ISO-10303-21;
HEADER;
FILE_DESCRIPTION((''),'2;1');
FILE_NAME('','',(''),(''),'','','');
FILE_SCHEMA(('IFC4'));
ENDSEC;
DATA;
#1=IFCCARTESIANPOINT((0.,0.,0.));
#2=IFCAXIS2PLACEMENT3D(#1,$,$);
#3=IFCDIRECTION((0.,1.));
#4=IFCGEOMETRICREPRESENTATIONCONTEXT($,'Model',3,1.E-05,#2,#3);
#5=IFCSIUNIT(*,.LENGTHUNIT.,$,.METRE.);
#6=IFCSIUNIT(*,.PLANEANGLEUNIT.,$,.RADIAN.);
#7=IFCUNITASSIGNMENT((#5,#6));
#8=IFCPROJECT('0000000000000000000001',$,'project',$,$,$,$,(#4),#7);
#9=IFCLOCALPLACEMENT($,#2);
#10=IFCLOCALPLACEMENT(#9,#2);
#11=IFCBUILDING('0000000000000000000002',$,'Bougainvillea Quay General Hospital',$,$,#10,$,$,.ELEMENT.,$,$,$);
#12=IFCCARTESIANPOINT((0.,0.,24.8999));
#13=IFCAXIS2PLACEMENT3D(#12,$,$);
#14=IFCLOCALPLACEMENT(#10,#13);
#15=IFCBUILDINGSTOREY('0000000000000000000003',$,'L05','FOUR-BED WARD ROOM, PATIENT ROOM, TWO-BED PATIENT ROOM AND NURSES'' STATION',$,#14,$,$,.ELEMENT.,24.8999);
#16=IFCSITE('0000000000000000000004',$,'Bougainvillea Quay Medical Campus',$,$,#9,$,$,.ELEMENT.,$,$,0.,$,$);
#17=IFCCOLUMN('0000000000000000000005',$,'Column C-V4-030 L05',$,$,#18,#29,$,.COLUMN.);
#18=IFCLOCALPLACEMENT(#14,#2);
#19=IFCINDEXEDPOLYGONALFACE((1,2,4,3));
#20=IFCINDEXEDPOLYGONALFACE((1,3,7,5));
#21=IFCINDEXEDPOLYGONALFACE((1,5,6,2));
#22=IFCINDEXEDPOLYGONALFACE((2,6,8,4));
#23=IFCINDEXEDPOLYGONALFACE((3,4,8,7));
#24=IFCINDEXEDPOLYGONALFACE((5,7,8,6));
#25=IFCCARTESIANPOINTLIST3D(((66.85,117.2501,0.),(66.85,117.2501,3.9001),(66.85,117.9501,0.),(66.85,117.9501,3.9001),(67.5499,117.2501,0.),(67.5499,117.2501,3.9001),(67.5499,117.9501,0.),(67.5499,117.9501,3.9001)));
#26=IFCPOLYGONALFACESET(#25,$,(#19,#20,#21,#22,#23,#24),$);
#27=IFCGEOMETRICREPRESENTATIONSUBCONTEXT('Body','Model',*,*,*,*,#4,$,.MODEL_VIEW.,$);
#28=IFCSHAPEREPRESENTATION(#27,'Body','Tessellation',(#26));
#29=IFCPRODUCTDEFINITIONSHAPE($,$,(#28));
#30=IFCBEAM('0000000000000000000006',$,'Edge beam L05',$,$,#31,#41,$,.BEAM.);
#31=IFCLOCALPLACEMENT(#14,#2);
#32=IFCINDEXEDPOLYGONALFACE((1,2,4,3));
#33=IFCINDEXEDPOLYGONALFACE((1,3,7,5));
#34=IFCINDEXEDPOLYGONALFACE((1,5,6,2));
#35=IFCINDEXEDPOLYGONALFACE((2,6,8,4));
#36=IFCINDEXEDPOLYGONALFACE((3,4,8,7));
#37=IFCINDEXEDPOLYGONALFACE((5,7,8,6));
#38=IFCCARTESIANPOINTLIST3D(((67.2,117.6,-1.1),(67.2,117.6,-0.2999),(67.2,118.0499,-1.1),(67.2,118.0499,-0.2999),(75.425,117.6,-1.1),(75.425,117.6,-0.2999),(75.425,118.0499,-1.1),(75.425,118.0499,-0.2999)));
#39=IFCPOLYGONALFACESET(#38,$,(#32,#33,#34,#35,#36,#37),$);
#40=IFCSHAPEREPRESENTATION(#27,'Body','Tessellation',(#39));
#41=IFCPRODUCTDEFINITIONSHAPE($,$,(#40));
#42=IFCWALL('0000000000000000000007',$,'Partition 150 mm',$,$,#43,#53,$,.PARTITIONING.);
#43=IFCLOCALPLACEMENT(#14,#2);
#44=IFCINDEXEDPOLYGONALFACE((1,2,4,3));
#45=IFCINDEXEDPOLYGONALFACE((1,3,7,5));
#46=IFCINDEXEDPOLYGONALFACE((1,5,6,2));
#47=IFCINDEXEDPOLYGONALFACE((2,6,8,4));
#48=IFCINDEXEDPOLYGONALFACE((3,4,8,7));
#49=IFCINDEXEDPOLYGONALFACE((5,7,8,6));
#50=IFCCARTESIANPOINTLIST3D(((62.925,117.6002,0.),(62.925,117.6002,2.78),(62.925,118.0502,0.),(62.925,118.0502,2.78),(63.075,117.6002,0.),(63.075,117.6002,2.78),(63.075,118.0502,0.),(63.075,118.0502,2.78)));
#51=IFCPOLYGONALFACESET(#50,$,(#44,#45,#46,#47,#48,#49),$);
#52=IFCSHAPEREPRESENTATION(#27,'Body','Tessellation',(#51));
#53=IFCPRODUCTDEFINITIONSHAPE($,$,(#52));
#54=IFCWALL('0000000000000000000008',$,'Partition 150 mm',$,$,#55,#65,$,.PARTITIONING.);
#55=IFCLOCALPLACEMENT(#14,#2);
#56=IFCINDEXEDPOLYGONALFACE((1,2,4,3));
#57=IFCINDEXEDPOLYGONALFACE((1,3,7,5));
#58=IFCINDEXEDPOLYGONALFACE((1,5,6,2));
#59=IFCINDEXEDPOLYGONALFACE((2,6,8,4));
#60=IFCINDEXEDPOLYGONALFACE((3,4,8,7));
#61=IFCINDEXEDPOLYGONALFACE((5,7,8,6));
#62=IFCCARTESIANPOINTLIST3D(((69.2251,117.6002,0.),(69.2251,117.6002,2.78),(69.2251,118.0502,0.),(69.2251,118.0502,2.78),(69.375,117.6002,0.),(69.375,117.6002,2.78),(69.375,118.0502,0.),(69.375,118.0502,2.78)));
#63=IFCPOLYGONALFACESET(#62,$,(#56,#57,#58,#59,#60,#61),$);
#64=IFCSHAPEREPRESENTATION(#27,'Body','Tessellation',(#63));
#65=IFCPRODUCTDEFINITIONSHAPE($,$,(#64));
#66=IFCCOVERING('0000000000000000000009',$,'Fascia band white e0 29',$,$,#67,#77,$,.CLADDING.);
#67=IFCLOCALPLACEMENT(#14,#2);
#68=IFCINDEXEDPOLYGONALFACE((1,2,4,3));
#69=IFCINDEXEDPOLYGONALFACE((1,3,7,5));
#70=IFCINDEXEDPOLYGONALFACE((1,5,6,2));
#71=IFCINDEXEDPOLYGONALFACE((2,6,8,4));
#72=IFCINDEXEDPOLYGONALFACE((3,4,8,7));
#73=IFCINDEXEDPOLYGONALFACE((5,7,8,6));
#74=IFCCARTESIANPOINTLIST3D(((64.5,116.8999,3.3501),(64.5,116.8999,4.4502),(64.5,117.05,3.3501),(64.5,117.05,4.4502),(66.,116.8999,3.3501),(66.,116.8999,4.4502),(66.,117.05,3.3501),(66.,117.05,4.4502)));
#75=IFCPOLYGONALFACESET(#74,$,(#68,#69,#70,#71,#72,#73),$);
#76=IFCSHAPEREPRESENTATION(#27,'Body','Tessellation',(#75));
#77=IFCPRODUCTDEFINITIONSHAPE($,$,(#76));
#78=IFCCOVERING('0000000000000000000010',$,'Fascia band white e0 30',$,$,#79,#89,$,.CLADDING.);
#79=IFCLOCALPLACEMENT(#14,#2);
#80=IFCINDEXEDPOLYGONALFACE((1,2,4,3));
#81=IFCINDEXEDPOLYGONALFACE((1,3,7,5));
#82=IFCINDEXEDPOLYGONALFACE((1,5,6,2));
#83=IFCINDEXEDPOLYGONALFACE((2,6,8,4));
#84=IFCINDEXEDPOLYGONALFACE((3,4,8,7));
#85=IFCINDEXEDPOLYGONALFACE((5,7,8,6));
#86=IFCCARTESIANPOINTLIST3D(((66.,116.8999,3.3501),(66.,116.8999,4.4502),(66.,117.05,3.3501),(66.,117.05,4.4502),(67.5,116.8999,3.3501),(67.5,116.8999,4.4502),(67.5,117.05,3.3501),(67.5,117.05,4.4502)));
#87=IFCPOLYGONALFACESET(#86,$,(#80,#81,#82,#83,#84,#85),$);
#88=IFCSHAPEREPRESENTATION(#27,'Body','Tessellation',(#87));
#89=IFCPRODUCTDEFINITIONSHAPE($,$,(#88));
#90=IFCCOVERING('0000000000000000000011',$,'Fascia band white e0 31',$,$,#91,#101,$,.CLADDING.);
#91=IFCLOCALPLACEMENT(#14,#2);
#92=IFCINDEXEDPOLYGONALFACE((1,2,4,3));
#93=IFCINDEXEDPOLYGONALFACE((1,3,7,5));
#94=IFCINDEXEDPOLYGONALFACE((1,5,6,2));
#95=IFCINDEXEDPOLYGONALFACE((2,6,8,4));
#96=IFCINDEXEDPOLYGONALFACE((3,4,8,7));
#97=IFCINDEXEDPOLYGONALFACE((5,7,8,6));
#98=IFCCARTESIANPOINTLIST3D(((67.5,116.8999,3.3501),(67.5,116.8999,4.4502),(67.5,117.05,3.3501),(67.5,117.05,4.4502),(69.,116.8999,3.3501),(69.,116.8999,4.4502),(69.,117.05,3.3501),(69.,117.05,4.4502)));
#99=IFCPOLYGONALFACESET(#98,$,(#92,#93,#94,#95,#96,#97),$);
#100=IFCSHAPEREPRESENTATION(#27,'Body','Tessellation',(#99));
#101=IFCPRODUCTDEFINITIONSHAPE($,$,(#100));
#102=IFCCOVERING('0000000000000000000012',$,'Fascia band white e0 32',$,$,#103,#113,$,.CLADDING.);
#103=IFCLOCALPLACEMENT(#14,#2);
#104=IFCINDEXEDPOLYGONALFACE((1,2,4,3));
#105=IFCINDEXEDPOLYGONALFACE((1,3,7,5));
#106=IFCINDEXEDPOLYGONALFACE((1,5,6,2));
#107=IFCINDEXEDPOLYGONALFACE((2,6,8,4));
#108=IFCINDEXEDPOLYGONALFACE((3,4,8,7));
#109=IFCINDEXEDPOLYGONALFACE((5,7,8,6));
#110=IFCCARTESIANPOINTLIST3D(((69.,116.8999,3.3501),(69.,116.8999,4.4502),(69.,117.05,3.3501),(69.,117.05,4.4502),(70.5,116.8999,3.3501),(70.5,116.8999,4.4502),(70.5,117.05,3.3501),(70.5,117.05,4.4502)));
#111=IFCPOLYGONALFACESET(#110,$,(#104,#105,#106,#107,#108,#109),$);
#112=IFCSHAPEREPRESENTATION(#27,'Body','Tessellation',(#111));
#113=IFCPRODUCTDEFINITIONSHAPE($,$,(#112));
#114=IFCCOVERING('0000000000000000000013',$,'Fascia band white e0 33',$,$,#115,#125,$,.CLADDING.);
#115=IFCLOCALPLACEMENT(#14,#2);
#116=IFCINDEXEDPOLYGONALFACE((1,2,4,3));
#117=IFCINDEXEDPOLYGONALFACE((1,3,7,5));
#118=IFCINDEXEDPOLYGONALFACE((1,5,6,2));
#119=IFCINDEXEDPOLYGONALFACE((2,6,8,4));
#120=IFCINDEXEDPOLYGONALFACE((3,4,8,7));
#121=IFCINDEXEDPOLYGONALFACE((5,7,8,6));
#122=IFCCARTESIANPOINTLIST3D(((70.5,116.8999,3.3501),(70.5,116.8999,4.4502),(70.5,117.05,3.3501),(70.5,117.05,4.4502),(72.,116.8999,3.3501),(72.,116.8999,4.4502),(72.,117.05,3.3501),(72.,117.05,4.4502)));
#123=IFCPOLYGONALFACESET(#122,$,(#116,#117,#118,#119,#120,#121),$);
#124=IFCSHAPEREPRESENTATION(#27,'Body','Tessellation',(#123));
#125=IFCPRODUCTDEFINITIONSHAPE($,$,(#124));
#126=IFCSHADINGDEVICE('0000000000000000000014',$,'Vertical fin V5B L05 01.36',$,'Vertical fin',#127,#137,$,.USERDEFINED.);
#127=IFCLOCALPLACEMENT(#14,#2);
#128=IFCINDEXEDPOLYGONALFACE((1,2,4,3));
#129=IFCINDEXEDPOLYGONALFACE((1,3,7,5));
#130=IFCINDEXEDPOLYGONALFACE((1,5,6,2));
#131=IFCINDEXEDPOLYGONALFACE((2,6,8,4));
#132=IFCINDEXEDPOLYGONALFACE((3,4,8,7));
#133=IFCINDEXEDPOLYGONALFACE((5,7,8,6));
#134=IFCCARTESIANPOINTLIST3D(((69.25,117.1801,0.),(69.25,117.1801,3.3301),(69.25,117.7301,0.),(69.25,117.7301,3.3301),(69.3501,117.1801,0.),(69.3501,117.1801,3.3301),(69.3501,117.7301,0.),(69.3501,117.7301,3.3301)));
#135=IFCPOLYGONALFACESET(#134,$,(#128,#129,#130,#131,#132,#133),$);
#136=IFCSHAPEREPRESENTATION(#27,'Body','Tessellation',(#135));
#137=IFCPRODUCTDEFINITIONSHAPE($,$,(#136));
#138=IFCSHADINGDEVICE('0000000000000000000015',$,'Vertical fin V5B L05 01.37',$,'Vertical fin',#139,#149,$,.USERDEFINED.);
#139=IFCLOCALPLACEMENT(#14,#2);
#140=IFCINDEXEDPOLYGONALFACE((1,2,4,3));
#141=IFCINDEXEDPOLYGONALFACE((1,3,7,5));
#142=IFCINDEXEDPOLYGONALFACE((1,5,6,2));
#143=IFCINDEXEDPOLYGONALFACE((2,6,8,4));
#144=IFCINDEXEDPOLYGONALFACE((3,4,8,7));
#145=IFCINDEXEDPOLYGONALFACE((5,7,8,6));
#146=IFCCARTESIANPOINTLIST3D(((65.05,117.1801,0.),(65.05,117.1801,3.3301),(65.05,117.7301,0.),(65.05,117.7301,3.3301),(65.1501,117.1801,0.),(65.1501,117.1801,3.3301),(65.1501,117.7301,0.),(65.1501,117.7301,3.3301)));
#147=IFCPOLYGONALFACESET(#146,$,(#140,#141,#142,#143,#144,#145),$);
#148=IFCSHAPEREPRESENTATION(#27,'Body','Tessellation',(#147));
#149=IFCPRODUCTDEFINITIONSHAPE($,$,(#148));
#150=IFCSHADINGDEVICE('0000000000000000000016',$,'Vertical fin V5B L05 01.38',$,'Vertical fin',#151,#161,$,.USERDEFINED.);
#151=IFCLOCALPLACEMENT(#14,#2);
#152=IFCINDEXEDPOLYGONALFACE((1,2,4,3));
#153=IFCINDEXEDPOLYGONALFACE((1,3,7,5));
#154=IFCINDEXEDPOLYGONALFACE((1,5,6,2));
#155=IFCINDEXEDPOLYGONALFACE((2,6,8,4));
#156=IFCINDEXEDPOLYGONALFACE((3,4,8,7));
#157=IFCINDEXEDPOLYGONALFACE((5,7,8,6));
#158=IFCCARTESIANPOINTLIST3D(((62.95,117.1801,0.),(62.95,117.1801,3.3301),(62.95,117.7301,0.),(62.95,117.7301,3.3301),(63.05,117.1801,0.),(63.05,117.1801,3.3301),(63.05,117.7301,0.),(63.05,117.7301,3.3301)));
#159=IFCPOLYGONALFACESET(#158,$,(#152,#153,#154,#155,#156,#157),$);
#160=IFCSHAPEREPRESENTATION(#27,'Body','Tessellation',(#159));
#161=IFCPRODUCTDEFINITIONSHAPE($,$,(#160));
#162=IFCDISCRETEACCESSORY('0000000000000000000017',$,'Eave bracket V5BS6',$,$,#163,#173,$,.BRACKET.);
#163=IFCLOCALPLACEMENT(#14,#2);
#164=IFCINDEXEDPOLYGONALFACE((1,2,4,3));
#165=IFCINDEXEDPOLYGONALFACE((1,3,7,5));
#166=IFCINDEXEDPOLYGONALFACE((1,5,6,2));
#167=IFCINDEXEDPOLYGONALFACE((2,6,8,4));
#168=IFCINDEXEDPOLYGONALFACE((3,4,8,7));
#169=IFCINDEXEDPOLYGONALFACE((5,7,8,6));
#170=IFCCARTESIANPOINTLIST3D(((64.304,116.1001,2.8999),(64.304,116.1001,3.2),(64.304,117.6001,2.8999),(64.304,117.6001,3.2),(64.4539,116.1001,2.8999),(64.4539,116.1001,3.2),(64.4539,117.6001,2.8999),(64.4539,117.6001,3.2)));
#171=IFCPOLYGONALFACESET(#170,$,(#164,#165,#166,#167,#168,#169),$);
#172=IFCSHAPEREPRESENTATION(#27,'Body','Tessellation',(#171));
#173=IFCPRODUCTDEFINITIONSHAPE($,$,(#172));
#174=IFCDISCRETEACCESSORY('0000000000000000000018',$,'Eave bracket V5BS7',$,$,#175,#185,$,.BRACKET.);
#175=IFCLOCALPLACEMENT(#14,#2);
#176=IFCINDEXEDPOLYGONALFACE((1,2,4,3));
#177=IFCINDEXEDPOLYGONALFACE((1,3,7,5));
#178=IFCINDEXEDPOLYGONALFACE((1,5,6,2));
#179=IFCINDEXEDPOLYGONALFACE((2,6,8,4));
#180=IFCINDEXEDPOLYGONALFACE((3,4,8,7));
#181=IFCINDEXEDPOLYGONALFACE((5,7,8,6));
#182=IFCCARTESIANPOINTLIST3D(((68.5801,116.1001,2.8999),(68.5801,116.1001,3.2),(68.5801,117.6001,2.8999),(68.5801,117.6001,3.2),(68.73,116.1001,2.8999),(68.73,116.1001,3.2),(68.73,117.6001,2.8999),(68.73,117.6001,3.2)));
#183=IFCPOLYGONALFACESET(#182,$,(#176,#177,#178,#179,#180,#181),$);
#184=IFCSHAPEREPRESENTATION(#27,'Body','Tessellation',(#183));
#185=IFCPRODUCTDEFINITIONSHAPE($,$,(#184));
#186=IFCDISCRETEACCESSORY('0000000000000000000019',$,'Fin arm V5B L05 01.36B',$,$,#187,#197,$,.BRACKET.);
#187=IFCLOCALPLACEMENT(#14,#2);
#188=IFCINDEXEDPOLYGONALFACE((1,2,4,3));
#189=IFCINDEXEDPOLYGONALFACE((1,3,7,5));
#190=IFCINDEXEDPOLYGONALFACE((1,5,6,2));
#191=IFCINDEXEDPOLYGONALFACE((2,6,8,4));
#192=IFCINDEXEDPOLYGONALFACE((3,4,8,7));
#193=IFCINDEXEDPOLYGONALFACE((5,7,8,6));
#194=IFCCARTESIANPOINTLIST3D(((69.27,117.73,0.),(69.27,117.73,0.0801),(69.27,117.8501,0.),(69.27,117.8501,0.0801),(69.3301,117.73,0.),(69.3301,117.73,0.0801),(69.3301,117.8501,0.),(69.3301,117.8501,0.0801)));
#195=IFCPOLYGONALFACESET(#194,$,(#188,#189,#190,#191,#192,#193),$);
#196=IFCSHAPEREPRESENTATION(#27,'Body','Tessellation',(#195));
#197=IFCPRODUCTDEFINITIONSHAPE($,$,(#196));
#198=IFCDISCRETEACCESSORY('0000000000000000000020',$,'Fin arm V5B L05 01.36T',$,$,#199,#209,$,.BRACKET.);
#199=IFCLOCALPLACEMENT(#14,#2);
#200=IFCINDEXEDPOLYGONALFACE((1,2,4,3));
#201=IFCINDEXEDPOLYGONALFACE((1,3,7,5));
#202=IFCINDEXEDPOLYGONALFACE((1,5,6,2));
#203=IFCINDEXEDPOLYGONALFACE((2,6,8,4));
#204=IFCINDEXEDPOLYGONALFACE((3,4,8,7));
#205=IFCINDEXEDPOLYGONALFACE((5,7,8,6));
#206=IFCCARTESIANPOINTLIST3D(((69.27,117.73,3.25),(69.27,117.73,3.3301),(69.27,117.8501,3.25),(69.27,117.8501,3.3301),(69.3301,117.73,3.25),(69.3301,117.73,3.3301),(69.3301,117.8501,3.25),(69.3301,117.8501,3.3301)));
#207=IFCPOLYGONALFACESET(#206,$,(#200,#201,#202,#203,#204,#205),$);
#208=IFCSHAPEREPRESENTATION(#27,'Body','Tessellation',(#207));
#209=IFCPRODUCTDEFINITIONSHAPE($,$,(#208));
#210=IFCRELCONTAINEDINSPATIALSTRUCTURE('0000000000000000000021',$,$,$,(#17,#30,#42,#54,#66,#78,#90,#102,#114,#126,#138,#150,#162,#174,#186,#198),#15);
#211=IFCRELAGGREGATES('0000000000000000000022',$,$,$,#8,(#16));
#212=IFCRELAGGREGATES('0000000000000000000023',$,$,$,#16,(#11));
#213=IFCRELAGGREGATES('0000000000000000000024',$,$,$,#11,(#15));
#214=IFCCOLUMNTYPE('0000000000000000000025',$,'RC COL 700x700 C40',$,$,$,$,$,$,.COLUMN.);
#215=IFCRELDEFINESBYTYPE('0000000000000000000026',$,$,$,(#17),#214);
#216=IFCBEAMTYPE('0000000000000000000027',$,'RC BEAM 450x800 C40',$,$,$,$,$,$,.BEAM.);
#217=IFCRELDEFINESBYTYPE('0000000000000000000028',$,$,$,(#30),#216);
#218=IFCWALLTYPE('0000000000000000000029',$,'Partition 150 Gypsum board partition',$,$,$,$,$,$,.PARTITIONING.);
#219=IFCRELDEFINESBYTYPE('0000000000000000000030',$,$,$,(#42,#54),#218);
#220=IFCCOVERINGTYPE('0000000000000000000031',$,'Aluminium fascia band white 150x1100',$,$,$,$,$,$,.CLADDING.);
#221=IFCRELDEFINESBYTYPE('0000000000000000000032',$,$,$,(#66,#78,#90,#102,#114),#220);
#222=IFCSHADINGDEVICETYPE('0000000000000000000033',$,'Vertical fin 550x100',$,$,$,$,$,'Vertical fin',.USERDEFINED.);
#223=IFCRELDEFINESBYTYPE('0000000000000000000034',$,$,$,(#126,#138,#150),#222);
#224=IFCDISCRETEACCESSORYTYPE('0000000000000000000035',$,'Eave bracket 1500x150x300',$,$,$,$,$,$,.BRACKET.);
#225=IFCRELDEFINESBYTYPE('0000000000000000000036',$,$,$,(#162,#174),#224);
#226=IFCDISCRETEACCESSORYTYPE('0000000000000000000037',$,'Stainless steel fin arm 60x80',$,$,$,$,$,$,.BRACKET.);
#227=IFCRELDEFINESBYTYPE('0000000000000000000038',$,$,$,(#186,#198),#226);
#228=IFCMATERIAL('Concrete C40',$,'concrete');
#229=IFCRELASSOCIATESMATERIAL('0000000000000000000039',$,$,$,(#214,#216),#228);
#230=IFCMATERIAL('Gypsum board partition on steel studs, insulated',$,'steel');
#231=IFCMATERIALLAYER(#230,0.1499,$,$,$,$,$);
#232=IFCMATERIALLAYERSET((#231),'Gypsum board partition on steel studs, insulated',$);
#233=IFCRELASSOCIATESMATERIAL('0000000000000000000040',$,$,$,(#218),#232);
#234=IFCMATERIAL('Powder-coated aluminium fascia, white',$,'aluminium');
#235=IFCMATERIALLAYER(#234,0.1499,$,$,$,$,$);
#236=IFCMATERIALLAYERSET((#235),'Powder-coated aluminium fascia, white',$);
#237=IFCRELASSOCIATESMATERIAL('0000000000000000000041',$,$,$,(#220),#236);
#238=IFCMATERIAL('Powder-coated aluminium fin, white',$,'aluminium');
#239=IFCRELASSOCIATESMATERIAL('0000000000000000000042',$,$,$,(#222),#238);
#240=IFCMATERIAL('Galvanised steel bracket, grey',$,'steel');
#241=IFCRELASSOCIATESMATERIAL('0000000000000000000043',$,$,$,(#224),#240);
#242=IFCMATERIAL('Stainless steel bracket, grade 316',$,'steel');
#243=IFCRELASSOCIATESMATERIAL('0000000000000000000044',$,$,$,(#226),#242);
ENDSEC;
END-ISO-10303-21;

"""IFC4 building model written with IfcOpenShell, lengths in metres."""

from ifc_helpers import new_model, si_unit, direction, frame, frame_2d, origin, origin_2d, place, context, subcontext, project, spatial, polyline, rectangle, outline, extrude, material, layer, layer_set, material_profile, profile_set, type_object, element, save


model = new_model("IFC4")

# Units and contexts
model_context = context("Model", 3, precision=1e-05, world=origin(), true_north=direction((0.0, 1.0)))
body_context = subcontext(model_context, "Body", "Model", "MODEL_VIEW")
ifc_project = project(units=[si_unit("LENGTHUNIT", "METRE"), si_unit("PLANEANGLEUNIT", "RADIAN")], contexts=[model_context])

# Site, building, storey
site_placement = place(None, origin())
site = spatial("IfcSite", under=ifc_project, at=site_placement, Name="Bougainvillea Quay Medical Campus", CompositionType="ELEMENT", RefElevation=0.0)
building_placement = place(site_placement, origin())
building = spatial("IfcBuilding", under=site, at=building_placement, Name="Bougainvillea Quay General Hospital", CompositionType="ELEMENT")
storey_placement = place(building_placement, frame((0.0, 0.0, 24.8999)))
storey = spatial("IfcBuildingStorey", under=building, at=storey_placement, Name="L05", Description="FOUR-BED WARD ROOM, PATIENT ROOM, TWO-BED PATIENT ROOM AND NURSES' STATION", CompositionType="ELEMENT", Elevation=24.8999)

# Column
ifc_material_1 = material(Name="Concrete C40", Category="concrete")
ifc_material_profile_1 = material_profile(ifc_material_1, rectangle(XDim=0.7, YDim=0.7, at=origin_2d()))
ifc_profile_set_1 = profile_set([ifc_material_profile_1], Name="Concrete C40")
column_type = type_object("IfcColumnType", Name="RC COL 700x700 C40", PredefinedType="COLUMN", material=ifc_profile_set_1)
column_placement = place(storey_placement, frame((67.2, 117.6001, 0.0), z_axis=(0.0, 0.0, 1.0), x_axis=(1.0, 0.0, 0.0)))
element("IfcColumn", 1, at=column_placement, inside=storey, type_object=column_type, Name="Column C-V4-030 L05", PredefinedType="COLUMN", context=body_context, shape_type="SweptSolid", body=[
    extrude(rectangle(XDim=0.7, YDim=0.7, at=origin_2d()), origin(), (0.0, 0.0, 1.0), 3.9001),
])

# Beam
ifc_material_profile_2 = material_profile(ifc_material_1, rectangle(XDim=0.45, YDim=0.8, at=origin_2d()))
ifc_profile_set_2 = profile_set([ifc_material_profile_2], Name="Concrete C40")
beam_type = type_object("IfcBeamType", Name="RC BEAM 450x800 C40", PredefinedType="BEAM", material=ifc_profile_set_2)
beam_placement = place(storey_placement, frame((67.2, 117.825, -0.7), z_axis=(1.0, 0.0, 0.0), x_axis=(0.0, 1.0, 0.0)))
element("IfcBeam", 2, at=beam_placement, inside=storey, type_object=beam_type, Name="Edge beam L05", PredefinedType="BEAM", context=body_context, shape_type="SweptSolid", body=[
    extrude(rectangle(XDim=0.45, YDim=0.8, at=origin_2d()), origin(), (0.0, 0.0, 1.0), 8.2251),
])

# Walls
ifc_material_2 = material(Name="Gypsum board partition on steel studs, insulated", Category="steel")
ifc_layer_1 = layer(ifc_material_2, 0.1499)
ifc_layer_set_1 = layer_set([ifc_layer_1], Name="Gypsum board partition on steel studs, insulated")
wall_type = type_object("IfcWallType", Name="Partition 150 Gypsum board partition", PredefinedType="PARTITIONING", material=ifc_layer_set_1)
for number, where, z_axis, x_axis, name in (
    (3, (63.0, 117.6001, 0.0), (0.0, 0.0, 1.0), (0.0, 1.0, 0.0), "Partition 150 mm"),
    (4, (69.3, 117.6001, 0.0), (0.0, 0.0, 1.0), (0.0, 1.0, 0.0), "Partition 150 mm"),
):
    element("IfcWall", number, at=place(storey_placement, frame(where, z_axis=z_axis, x_axis=x_axis)), inside=storey, type_object=wall_type, Name=name, PredefinedType="PARTITIONING", context=body_context, shape_type="SweptSolid", body=[
        extrude(rectangle(XDim=0.45, YDim=0.1499, at=frame_2d((0.2251, 0.0))), origin(), (0.0, 0.0, 1.0), 2.78),
    ])

# Coverings
ifc_material_3 = material(Name="Powder-coated aluminium fascia, white", Category="aluminium")
ifc_layer_2 = layer(ifc_material_3, 0.1499)
ifc_layer_set_2 = layer_set([ifc_layer_2], Name="Powder-coated aluminium fascia, white")
covering_type = type_object("IfcCoveringType", Name="Aluminium fascia band white 150x1100", PredefinedType="CLADDING", material=ifc_layer_set_2)
for number, where, z_axis, x_axis, name in (
    (5, (64.5, 117.05, 3.3501), (0.0, 0.0, 1.0), (1.0, 0.0, 0.0), "Fascia band white e0 29"),
    (6, (66.0, 117.05, 3.3501), (0.0, 0.0, 1.0), (1.0, 0.0, 0.0), "Fascia band white e0 30"),
    (7, (67.5, 117.05, 3.3501), (0.0, 0.0, 1.0), (1.0, 0.0, 0.0), "Fascia band white e0 31"),
    (8, (69.0, 117.05, 3.3501), (0.0, 0.0, 1.0), (1.0, 0.0, 0.0), "Fascia band white e0 32"),
    (9, (70.5, 117.05, 3.3501), (0.0, 0.0, 1.0), (1.0, 0.0, 0.0), "Fascia band white e0 33"),
):
    element("IfcCovering", number, at=place(storey_placement, frame(where, z_axis=z_axis, x_axis=x_axis)), inside=storey, type_object=covering_type, Name=name, PredefinedType="CLADDING", context=body_context, shape_type="SweptSolid", body=[
        extrude(outline(polyline([(0.0, 0.0), (1.5, 0.0), (1.5, -0.1501), (0.0, -0.1501), (0.0, 0.0)])), origin(), (0.0, 0.0, 1.0), 1.1001),
    ])

# Shading devices
ifc_material_4 = material(Name="Powder-coated aluminium fin, white", Category="aluminium")
ifc_material_profile_3 = material_profile(ifc_material_4, rectangle(XDim=0.55, YDim=0.1001, at=origin_2d()))
ifc_profile_set_3 = profile_set([ifc_material_profile_3], Name="Powder-coated aluminium fin, white")
shading_device_type = type_object("IfcShadingDeviceType", Name="Vertical fin 550x100", ElementType="Vertical fin", PredefinedType="USERDEFINED", material=ifc_profile_set_3)
for number, where, z_axis, x_axis, name in (
    (10, (69.3, 117.4551, 0.0), (0.0, 0.0, 1.0), (0.0, -1.0, 0.0), "Vertical fin V5B L05 01.36"),
    (11, (65.1001, 117.4551, 0.0), (0.0, 0.0, 1.0), (0.0, -1.0, 0.0), "Vertical fin V5B L05 01.37"),
    (12, (63.0, 117.4551, 0.0), (0.0, 0.0, 1.0), (0.0, -1.0, 0.0), "Vertical fin V5B L05 01.38"),
):
    element("IfcShadingDevice", number, at=place(storey_placement, frame(where, z_axis=z_axis, x_axis=x_axis)), inside=storey, type_object=shading_device_type, Name=name, ObjectType="Vertical fin", PredefinedType="USERDEFINED", context=body_context, shape_type="SweptSolid", body=[
        extrude(rectangle(XDim=0.55, YDim=0.1001, at=origin_2d()), origin(), (0.0, 0.0, 1.0), 3.3301),
    ])

# Discrete accessories
ifc_material_5 = material(Name="Galvanised steel bracket, grey", Category="steel")
discrete_accessory_type_1 = type_object("IfcDiscreteAccessoryType", Name="Eave bracket 1500x150x300", PredefinedType="BRACKET", material=ifc_material_5)
for number, where, z_axis, x_axis, name in (
    (13, (64.3789, 116.8501, 2.8999), (0.0, 0.0, 1.0), (1.0, 0.0, 0.0), "Eave bracket V5BS6"),
    (14, (68.655, 116.8501, 2.8999), (0.0, 0.0, 1.0), (1.0, 0.0, 0.0), "Eave bracket V5BS7"),
):
    element("IfcDiscreteAccessory", number, at=place(storey_placement, frame(where, z_axis=z_axis, x_axis=x_axis)), inside=storey, type_object=discrete_accessory_type_1, Name=name, PredefinedType="BRACKET", context=body_context, shape_type="SweptSolid", body=[
        extrude(rectangle(XDim=0.1499, YDim=1.5, at=origin_2d()), origin(), (0.0, 0.0, 1.0), 0.3),
    ])
ifc_material_6 = material(Name="Stainless steel bracket, grade 316", Category="steel")
discrete_accessory_type_2 = type_object("IfcDiscreteAccessoryType", Name="Stainless steel fin arm 60x80", PredefinedType="BRACKET", material=ifc_material_6)
for number, where, z_axis, x_axis, name in (
    (15, (69.3, 117.79, 0.0), (0.0, 0.0, 1.0), (0.0, -1.0, 0.0), "Fin arm V5B L05 01.36B"),
    (16, (69.3, 117.79, 3.25), (0.0, 0.0, 1.0), (0.0, -1.0, 0.0), "Fin arm V5B L05 01.36T"),
):
    element("IfcDiscreteAccessory", number, at=place(storey_placement, frame(where, z_axis=z_axis, x_axis=x_axis)), inside=storey, type_object=discrete_accessory_type_2, Name=name, PredefinedType="BRACKET", context=body_context, shape_type="SweptSolid", body=[
        extrude(rectangle(XDim=0.1201, YDim=0.0601, at=origin_2d()), origin(), (0.0, 0.0, 1.0), 0.0801),
    ])

save(model, "model.ifc")
